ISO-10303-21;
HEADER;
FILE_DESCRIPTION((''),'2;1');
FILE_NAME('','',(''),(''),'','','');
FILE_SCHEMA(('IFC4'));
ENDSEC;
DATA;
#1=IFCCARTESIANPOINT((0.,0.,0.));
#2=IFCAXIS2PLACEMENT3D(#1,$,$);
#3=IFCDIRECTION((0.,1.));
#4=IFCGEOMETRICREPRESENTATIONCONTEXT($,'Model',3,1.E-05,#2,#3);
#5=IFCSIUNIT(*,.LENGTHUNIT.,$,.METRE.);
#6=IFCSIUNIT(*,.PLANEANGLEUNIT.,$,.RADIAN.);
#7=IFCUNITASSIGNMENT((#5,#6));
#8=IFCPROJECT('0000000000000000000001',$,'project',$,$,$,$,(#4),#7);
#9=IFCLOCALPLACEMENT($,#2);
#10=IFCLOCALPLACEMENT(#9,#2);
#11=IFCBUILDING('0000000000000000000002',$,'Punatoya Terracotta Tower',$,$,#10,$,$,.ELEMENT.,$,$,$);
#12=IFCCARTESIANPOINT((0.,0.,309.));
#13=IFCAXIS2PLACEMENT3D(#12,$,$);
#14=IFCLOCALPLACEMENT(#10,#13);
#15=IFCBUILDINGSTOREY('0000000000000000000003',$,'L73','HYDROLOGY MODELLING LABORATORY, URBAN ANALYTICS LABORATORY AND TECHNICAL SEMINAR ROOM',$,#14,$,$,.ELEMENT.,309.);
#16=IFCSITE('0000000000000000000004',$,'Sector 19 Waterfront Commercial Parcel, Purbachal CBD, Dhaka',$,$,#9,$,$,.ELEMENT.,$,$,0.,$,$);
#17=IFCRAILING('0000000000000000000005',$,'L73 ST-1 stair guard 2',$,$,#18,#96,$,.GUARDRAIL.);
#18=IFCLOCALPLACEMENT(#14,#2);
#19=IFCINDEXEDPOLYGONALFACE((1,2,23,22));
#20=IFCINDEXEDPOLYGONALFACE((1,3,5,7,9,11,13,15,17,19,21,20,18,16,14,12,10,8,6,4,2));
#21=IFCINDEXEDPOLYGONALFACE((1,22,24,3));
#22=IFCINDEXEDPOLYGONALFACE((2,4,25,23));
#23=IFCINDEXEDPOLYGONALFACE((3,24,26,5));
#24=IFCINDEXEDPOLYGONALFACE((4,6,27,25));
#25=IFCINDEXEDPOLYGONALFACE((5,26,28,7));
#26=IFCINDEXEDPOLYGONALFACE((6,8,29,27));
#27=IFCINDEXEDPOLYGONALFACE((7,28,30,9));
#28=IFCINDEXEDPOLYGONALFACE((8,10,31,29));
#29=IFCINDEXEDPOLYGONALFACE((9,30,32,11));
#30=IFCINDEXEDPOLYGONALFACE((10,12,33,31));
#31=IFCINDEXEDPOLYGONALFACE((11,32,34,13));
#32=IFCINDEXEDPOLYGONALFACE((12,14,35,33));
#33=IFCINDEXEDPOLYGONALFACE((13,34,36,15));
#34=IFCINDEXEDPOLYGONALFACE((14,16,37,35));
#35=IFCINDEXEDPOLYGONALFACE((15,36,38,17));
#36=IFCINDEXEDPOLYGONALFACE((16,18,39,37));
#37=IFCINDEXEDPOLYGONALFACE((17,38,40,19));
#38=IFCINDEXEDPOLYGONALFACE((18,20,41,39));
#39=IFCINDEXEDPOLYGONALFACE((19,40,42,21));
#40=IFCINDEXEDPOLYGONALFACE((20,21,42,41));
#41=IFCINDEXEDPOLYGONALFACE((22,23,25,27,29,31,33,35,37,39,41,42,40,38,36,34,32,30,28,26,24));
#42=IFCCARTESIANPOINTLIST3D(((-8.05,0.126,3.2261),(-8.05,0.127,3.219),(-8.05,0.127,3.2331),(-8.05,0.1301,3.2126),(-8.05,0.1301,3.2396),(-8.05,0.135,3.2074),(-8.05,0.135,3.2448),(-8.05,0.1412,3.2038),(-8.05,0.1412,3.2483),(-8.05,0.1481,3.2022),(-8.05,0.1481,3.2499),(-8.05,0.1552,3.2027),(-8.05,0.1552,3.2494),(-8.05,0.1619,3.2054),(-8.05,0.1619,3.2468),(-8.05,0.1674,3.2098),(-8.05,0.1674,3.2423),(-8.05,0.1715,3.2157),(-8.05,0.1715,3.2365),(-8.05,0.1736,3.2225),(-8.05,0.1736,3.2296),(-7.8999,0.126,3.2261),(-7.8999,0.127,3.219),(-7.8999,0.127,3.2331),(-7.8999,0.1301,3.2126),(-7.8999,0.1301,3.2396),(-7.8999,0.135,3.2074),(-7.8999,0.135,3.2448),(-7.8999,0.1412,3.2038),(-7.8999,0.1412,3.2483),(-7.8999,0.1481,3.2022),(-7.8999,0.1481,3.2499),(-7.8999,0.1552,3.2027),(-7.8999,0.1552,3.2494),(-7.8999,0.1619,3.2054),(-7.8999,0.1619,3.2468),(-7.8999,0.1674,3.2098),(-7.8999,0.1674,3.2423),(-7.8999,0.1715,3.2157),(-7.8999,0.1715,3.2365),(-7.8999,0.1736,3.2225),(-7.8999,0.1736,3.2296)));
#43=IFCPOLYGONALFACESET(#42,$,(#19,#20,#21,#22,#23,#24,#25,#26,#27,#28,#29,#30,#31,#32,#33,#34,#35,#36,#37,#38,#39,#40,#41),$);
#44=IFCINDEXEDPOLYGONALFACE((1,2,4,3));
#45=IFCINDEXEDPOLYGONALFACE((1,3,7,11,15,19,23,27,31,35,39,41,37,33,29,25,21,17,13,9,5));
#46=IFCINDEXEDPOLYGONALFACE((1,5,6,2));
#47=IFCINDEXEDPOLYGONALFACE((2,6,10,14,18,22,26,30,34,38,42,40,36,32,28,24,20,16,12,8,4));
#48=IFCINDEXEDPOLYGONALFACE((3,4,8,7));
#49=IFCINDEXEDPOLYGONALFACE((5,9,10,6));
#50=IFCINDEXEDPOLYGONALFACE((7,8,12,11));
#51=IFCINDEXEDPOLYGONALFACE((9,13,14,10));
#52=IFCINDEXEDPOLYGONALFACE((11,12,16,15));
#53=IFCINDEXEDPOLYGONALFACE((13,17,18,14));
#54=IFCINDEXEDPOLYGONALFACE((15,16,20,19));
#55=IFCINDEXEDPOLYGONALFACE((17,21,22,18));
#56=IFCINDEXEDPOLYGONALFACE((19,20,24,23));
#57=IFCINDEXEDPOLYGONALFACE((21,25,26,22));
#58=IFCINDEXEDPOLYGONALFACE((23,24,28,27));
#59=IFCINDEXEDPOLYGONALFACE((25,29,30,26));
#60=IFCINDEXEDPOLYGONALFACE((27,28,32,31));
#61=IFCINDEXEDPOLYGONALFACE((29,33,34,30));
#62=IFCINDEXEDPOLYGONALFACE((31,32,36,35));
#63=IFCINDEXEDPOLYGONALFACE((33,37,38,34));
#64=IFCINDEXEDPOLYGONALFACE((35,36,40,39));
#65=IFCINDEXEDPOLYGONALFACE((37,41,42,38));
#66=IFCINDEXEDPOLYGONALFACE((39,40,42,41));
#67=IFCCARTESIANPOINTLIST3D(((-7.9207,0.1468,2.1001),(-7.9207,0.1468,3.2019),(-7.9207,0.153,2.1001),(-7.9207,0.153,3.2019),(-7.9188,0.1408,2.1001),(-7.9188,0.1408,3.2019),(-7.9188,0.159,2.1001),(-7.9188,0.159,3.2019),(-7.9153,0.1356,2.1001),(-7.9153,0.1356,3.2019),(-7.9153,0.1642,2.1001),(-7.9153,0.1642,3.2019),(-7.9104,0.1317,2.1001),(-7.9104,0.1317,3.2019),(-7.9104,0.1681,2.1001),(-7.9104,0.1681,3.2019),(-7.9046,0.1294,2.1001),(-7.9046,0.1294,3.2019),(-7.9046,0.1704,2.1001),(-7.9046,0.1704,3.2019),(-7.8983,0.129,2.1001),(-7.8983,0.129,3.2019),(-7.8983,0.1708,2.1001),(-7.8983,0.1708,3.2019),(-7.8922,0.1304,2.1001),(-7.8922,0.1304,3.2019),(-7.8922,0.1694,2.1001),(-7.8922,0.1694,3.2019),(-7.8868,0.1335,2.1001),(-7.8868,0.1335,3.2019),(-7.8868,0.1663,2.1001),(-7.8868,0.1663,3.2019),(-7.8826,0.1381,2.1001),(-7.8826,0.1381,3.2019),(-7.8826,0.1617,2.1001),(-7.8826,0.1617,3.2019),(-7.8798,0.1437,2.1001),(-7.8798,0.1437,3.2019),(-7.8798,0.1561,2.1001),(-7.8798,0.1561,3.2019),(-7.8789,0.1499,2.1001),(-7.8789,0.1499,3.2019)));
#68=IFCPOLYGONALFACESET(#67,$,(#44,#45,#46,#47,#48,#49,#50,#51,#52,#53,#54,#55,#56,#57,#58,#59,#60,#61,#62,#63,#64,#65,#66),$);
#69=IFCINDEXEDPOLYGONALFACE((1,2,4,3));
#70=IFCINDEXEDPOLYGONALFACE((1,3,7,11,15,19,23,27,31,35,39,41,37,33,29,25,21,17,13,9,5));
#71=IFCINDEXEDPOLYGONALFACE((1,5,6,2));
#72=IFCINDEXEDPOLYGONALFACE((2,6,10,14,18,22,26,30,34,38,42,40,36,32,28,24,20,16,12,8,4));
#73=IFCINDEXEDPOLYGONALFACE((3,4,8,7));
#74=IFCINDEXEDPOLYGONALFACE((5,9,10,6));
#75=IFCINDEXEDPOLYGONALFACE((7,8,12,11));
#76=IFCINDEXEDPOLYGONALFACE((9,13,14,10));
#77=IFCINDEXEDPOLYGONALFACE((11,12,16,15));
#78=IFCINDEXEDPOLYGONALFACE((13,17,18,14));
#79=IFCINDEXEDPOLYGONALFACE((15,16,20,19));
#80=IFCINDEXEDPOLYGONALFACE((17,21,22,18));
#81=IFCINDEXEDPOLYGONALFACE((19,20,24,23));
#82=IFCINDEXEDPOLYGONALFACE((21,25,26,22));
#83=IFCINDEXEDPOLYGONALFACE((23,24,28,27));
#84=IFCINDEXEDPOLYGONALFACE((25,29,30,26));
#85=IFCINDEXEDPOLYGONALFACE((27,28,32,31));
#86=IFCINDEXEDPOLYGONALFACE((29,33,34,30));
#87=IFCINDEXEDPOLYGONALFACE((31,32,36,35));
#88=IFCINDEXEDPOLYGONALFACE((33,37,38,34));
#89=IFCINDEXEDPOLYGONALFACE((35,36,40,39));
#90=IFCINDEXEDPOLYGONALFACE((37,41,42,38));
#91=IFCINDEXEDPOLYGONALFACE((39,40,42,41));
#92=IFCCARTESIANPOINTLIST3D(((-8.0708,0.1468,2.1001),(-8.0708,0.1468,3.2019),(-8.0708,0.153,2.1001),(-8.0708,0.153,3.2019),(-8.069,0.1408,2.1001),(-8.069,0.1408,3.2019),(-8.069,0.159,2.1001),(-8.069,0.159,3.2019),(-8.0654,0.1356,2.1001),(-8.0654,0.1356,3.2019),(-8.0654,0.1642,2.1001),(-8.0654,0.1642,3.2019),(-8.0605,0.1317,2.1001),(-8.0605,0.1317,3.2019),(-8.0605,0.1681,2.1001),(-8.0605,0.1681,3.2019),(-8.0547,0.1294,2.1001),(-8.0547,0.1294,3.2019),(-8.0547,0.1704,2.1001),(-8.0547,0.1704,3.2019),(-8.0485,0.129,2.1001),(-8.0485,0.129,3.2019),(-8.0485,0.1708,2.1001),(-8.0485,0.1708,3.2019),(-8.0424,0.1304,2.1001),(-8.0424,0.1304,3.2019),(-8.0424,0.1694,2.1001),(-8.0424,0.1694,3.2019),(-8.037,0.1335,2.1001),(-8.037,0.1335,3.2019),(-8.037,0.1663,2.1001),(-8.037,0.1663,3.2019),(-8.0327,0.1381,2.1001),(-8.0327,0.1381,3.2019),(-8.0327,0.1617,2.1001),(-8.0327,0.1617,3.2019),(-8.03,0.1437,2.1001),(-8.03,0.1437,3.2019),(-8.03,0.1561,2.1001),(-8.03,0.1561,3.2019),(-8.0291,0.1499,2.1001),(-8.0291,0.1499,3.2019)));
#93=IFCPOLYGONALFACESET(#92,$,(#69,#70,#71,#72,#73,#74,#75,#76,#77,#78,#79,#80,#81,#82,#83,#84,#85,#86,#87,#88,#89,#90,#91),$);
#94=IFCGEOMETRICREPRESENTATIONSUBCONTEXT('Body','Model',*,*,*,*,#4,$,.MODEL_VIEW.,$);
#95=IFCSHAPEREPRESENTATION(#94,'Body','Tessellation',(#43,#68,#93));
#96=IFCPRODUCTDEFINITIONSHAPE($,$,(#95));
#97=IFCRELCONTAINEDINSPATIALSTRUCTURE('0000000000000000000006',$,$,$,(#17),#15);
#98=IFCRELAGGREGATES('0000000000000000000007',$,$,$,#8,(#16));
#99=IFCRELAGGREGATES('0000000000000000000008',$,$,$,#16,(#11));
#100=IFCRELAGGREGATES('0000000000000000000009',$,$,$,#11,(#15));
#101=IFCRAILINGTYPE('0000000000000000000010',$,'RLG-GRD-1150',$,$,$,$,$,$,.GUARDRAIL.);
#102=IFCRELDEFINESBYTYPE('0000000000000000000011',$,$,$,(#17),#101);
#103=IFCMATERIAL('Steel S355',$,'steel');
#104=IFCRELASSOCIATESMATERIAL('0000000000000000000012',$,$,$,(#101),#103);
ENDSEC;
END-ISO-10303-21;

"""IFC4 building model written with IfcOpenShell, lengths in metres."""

from ifc_helpers import new_model, si_unit, direction, frame, origin, origin_2d, place, context, subcontext, project, spatial, circle, extrude, material, type_object, element, save


model = new_model("IFC4")

# Units and contexts
model_context = context("Model", 3, precision=1e-05, world=origin(), true_north=direction((0.0, 1.0)))
body_context = subcontext(model_context, "Body", "Model", "MODEL_VIEW")
ifc_project = project(units=[si_unit("LENGTHUNIT", "METRE"), si_unit("PLANEANGLEUNIT", "RADIAN")], contexts=[model_context])

# Site, building, storey
site_placement = place(None, origin())
site = spatial("IfcSite", under=ifc_project, at=site_placement, Name="Sector 19 Waterfront Commercial Parcel, Purbachal CBD, Dhaka", CompositionType="ELEMENT", RefElevation=0.0)
building_placement = place(site_placement, origin())
building = spatial("IfcBuilding", under=site, at=building_placement, Name="Punatoya Terracotta Tower", CompositionType="ELEMENT")
storey_placement = place(building_placement, frame((0.0, 0.0, 309.0)))
storey = spatial("IfcBuildingStorey", under=building, at=storey_placement, Name="L73", Description="HYDROLOGY MODELLING LABORATORY, URBAN ANALYTICS LABORATORY AND TECHNICAL SEMINAR ROOM", CompositionType="ELEMENT", Elevation=309.0)

# Shared definitions
ifc_material_1 = material(Name="Steel S355", Category="steel")

# Railing
railing_type_1 = type_object("IfcRailingType", Name="RLG-GRD-1150", PredefinedType="GUARDRAIL", material=ifc_material_1)
railing_1_placement = place(storey_placement, frame((-7.8999, 0.1499, 2.1001)))
element("IfcRailing", 1, at=railing_1_placement, inside=storey, type_object=railing_type_1, Name="L73 ST-1 stair guard 2", PredefinedType="GUARDRAIL", context=body_context, shape_type="SweptSolid", body=[
    extrude(circle(Radius=0.0239, at=origin_2d()), frame((0.0, 0.0, 1.126), z_axis=(-1.0, 0.0, 0.0), x_axis=(0.0, -1.0, 0.0)), (0.0, 0.0, 1.0), 0.1501),
    extrude(circle(Radius=0.021, at=origin_2d()), origin(), (0.0, 0.0, 1.0), 1.1018),
    extrude(circle(Radius=0.021, at=origin_2d()), frame((-0.1501, 0.0, 0.0)), (0.0, 0.0, 1.0), 1.1018),
])

save(model, "model.ifc")
